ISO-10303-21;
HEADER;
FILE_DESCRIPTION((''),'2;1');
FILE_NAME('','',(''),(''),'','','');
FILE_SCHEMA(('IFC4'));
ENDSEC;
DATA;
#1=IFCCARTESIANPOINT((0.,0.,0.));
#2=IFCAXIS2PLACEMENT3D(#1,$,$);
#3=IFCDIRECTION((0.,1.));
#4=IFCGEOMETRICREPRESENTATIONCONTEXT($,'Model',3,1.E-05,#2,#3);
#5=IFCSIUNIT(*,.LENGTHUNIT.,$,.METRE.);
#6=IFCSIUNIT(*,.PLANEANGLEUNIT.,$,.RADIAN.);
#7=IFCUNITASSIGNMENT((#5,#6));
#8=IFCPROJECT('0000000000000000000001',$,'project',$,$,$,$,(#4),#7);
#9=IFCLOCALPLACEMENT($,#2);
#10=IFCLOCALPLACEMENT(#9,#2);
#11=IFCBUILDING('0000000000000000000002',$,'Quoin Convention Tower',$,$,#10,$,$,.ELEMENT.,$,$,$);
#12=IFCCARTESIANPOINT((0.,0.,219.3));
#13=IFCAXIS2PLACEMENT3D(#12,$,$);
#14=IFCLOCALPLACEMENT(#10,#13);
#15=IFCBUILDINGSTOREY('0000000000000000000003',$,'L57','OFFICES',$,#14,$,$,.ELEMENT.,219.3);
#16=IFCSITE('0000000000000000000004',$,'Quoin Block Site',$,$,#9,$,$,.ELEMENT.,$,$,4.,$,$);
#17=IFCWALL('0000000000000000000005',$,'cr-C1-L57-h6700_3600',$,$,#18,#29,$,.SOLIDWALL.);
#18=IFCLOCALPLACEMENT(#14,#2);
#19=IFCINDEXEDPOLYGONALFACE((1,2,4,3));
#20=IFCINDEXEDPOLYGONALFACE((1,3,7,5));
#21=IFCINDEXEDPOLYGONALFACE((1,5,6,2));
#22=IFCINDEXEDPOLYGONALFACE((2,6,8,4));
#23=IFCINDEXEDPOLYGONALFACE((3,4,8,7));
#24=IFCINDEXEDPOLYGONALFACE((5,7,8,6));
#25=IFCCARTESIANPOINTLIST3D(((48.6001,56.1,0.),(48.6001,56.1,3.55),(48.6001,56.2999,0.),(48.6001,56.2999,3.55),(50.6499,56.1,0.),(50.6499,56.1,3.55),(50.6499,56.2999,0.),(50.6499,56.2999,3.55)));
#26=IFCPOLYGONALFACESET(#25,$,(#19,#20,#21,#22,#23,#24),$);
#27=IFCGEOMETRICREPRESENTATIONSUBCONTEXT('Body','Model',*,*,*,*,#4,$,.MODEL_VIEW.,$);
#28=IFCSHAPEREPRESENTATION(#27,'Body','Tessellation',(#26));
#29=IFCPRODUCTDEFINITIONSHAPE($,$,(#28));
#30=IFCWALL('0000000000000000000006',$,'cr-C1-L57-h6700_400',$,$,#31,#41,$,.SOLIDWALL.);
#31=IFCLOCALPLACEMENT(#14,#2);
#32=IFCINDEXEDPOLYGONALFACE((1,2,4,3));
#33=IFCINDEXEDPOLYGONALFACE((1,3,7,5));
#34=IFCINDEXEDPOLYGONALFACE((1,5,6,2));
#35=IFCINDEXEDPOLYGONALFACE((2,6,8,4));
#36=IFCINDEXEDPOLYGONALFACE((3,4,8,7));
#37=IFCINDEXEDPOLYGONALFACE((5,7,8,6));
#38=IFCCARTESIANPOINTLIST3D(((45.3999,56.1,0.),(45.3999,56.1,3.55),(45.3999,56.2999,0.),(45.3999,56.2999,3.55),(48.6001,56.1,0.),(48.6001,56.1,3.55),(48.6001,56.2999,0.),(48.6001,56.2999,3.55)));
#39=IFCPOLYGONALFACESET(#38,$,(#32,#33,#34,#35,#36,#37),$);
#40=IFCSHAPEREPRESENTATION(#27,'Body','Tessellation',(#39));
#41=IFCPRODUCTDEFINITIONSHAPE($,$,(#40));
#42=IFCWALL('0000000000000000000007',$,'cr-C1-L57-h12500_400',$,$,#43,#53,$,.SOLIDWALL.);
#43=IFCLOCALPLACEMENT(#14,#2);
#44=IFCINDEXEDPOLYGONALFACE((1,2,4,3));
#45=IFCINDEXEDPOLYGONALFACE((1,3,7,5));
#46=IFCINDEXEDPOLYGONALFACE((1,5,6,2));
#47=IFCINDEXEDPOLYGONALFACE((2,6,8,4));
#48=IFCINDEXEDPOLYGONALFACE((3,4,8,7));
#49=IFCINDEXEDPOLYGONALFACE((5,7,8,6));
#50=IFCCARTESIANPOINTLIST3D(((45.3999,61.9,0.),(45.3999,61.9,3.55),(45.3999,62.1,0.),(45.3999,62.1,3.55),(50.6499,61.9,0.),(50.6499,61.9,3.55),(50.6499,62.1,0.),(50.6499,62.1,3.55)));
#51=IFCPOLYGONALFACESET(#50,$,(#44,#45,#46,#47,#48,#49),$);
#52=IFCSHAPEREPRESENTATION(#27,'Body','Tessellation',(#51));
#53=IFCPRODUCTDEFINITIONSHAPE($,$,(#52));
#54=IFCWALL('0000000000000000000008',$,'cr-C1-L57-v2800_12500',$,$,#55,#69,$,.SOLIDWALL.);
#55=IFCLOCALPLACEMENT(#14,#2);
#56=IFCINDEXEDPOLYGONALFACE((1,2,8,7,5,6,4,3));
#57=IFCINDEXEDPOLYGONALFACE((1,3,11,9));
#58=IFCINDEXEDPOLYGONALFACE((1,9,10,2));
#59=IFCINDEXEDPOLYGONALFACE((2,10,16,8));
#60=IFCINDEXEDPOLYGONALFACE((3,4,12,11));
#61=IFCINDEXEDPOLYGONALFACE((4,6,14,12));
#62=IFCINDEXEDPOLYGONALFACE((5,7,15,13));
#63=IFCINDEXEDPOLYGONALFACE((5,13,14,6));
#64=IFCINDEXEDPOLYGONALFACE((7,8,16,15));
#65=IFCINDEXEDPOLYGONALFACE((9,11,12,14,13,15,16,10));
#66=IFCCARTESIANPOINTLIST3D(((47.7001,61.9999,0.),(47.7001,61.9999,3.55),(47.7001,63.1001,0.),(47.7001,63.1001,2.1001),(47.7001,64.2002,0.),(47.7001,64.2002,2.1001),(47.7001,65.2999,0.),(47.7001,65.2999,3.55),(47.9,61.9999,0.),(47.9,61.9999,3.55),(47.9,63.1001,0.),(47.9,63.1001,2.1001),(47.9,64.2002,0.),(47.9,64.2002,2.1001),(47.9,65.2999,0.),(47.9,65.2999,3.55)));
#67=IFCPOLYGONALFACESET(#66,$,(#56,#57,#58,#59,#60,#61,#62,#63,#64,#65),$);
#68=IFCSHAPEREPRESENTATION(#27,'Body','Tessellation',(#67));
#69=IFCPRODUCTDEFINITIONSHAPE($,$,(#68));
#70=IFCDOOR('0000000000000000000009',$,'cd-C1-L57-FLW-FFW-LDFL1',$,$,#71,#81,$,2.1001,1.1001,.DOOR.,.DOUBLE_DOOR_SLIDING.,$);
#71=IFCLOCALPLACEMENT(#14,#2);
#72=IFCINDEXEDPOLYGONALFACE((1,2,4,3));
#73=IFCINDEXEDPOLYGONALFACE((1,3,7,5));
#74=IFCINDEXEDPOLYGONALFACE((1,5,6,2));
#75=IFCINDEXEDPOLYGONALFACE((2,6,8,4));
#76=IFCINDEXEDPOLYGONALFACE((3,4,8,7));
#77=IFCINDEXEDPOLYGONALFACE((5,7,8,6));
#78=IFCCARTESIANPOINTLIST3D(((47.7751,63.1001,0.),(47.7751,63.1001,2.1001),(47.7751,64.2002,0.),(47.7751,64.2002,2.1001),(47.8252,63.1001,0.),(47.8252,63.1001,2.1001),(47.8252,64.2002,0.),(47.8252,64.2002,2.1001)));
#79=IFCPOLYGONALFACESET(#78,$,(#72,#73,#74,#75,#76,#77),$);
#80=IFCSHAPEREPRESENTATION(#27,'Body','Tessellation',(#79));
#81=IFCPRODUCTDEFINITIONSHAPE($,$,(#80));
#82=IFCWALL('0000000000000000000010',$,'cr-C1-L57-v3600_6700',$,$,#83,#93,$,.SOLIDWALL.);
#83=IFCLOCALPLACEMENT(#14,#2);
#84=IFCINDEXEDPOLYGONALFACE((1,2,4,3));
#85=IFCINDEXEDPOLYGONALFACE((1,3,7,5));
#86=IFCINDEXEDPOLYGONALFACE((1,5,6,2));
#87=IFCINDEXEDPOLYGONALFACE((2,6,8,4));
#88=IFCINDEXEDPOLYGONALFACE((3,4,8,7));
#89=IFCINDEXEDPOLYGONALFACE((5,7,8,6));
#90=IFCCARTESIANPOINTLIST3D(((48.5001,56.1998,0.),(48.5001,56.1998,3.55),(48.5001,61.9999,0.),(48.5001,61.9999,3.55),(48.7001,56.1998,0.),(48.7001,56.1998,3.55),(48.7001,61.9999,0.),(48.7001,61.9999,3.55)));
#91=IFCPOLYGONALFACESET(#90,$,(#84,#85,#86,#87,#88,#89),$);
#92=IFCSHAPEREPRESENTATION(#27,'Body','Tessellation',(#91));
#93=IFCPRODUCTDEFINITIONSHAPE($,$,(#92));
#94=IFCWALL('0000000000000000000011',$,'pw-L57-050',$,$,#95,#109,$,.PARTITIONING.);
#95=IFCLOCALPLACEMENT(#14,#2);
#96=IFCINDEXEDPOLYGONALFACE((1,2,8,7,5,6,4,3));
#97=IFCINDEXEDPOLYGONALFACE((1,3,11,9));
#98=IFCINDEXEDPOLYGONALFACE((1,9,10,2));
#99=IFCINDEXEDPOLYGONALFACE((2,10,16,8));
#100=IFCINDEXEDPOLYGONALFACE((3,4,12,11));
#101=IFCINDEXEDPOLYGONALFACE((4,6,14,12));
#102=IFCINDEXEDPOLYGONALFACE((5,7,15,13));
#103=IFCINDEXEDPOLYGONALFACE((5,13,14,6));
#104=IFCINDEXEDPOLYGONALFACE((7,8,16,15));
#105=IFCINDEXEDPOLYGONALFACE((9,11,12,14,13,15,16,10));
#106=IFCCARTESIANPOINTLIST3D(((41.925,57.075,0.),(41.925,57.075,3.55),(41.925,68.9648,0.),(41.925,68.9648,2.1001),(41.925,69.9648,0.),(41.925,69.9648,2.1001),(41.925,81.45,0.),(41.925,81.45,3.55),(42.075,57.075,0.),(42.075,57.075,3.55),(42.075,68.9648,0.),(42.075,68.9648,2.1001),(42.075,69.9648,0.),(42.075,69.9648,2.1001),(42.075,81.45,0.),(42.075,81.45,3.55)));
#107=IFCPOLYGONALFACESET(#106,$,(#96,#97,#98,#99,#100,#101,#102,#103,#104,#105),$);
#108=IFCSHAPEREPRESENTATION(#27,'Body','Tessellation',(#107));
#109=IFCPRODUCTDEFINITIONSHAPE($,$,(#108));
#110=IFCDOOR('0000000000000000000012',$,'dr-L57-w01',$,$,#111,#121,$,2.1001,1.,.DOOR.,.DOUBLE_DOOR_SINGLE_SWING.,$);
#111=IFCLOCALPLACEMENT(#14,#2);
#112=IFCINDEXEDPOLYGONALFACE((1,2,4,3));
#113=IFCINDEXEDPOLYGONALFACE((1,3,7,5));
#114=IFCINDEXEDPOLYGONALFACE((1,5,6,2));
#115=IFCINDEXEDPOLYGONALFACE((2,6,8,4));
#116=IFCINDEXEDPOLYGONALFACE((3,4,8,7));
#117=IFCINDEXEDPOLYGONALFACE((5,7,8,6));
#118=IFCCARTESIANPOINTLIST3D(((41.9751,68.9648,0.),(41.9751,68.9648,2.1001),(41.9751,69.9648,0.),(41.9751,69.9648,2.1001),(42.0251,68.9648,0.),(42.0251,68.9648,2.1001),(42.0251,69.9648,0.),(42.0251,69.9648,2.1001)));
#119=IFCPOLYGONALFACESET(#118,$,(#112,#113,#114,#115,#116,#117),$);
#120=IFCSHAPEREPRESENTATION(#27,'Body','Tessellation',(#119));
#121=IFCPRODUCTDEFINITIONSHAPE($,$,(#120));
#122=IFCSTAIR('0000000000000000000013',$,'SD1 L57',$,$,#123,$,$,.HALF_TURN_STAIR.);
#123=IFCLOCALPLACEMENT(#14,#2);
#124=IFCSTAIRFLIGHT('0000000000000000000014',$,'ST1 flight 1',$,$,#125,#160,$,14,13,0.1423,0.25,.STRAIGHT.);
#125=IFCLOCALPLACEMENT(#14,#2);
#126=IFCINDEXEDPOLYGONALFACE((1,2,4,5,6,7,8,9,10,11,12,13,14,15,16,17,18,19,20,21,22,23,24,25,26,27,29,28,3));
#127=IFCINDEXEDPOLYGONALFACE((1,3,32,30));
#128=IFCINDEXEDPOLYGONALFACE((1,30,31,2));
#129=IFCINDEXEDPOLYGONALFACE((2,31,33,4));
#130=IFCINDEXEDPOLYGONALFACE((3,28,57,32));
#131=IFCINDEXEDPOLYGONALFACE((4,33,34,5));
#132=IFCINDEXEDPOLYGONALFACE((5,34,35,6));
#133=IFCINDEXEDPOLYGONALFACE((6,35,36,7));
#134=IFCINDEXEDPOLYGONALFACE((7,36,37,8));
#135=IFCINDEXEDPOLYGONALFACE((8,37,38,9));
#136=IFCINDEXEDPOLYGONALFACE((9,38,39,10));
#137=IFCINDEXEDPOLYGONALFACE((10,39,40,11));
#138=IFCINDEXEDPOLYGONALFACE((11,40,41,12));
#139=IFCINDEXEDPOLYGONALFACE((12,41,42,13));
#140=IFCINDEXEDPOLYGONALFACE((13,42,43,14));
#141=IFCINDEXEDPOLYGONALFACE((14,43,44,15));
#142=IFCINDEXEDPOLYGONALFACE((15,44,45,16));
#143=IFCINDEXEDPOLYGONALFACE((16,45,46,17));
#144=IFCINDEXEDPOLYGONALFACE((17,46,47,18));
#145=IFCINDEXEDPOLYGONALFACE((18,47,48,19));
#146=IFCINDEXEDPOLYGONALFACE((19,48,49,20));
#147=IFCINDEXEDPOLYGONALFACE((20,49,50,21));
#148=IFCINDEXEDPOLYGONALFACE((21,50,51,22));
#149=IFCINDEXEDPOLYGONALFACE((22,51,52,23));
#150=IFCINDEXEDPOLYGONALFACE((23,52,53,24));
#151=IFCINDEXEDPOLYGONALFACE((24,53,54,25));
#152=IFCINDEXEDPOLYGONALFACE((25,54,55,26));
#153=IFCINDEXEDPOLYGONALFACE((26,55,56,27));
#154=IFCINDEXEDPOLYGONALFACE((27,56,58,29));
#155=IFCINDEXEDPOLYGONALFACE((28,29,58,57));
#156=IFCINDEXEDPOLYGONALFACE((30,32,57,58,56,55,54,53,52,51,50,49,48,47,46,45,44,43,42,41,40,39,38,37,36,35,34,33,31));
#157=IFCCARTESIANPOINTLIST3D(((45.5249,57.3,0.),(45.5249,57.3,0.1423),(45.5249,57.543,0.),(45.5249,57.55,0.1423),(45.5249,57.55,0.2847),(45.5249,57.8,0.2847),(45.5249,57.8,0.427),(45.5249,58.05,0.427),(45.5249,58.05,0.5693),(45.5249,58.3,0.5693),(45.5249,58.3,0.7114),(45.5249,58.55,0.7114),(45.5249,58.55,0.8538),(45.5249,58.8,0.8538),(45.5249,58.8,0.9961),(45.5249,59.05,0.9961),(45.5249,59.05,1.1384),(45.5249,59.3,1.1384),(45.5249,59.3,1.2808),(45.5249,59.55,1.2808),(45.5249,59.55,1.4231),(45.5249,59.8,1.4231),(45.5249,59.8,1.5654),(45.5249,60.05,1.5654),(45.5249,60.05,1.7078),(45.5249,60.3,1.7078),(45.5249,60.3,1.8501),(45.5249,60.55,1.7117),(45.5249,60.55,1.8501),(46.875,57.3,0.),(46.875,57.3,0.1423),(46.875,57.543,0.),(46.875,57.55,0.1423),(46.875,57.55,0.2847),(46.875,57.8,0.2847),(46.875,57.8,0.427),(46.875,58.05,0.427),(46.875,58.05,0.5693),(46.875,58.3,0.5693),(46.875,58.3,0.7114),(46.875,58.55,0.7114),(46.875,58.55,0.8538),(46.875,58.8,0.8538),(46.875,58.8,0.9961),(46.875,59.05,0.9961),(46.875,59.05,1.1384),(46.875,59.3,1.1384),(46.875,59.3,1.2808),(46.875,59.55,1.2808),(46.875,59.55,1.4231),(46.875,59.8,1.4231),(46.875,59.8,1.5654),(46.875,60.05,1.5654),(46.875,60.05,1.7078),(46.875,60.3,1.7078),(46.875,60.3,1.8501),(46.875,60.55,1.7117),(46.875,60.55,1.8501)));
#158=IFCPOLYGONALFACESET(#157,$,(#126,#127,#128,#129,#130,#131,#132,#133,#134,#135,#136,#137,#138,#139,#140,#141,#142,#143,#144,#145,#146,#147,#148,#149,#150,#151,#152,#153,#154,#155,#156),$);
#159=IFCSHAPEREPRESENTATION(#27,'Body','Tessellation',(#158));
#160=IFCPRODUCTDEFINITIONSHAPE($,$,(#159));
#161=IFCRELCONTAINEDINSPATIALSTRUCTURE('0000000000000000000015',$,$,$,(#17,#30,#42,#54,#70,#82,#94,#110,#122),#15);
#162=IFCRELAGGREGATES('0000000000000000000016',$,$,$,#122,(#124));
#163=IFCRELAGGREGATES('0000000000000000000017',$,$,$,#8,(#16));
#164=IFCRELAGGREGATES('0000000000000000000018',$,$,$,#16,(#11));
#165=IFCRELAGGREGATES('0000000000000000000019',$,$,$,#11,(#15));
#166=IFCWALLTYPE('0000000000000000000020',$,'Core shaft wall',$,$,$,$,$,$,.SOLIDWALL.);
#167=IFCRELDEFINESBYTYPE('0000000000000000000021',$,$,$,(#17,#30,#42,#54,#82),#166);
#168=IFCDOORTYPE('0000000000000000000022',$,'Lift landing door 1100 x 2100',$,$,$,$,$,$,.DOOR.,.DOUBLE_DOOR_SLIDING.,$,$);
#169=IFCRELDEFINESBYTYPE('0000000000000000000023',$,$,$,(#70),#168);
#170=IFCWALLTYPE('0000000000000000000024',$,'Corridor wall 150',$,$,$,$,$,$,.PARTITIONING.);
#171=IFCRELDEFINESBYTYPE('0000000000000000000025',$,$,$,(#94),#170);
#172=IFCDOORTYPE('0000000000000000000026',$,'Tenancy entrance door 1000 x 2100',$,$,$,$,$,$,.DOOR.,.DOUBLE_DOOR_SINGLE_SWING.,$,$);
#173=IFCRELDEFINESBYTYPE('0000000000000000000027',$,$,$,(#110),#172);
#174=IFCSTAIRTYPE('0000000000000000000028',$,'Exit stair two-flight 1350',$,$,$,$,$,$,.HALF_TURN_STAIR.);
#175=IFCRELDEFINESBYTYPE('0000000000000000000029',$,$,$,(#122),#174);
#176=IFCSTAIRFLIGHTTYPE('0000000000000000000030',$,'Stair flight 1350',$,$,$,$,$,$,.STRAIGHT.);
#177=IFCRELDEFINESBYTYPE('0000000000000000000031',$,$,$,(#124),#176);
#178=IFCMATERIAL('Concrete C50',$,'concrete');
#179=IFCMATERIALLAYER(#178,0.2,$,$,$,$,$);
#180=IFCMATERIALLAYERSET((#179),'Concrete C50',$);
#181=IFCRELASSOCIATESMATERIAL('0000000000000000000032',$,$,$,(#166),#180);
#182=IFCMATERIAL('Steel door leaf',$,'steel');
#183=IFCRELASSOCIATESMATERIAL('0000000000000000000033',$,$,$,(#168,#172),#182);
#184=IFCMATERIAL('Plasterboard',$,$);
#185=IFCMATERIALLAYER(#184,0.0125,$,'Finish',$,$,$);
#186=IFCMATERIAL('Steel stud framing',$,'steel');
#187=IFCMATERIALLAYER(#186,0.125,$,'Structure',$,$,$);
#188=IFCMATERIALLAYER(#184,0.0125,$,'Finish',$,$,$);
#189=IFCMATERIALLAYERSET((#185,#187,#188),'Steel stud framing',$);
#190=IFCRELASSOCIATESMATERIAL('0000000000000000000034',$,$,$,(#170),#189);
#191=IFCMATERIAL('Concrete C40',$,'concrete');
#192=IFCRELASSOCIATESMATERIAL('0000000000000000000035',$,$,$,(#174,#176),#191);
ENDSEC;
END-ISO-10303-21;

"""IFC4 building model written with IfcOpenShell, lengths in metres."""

from ifc_helpers import new_model, si_unit, direction, frame, frame_2d, origin, place, context, subcontext, project, spatial, polyline, rectangle, outline, extrude, material, layer, layer_set, type_object, element, fill, aggregate, save


model = new_model("IFC4")

# Units and contexts
model_context = context("Model", 3, precision=1e-05, world=origin(), true_north=direction((0.0, 1.0)))
body_context = subcontext(model_context, "Body", "Model", "MODEL_VIEW")
ifc_project = project(units=[si_unit("LENGTHUNIT", "METRE"), si_unit("PLANEANGLEUNIT", "RADIAN")], contexts=[model_context])

# Site, building, storey
site_placement = place(None, origin())
site = spatial("IfcSite", under=ifc_project, at=site_placement, Name="Quoin Block Site", CompositionType="ELEMENT", RefElevation=4.0)
building_placement = place(site_placement, origin())
building = spatial("IfcBuilding", under=site, at=building_placement, Name="Quoin Convention Tower", CompositionType="ELEMENT")
storey_placement = place(building_placement, frame((0.0, 0.0, 219.3)))
storey = spatial("IfcBuildingStorey", under=building, at=storey_placement, Name="L57", Description="OFFICES", CompositionType="ELEMENT", Elevation=219.3)

# Walls
ifc_material_1 = material(Name="Concrete C50", Category="concrete")
ifc_layer_1 = layer(ifc_material_1, 0.2)
ifc_layer_set_1 = layer_set([ifc_layer_1], Name="Concrete C50")
wall_type_1 = type_object("IfcWallType", Name="Core shaft wall", PredefinedType="SOLIDWALL", material=ifc_layer_set_1)
wall_1_placement = place(storey_placement, frame((48.6001, 56.2, 0.0), z_axis=(0.0, 0.0, 1.0), x_axis=(1.0, 0.0, 0.0)))
element("IfcWall", 1, at=wall_1_placement, inside=storey, type_object=wall_type_1, Name="cr-C1-L57-h6700_3600", PredefinedType="SOLIDWALL", context=body_context, shape_type="SweptSolid", body=[
    extrude(rectangle(XDim=2.0498, YDim=0.2, at=frame_2d((1.0249, 0.0))), origin(), (0.0, 0.0, 1.0), 3.55),
])
wall_2_placement = place(storey_placement, frame((45.3999, 56.2, 0.0), z_axis=(0.0, 0.0, 1.0), x_axis=(1.0, 0.0, 0.0)))
element("IfcWall", 2, at=wall_2_placement, inside=storey, type_object=wall_type_1, Name="cr-C1-L57-h6700_400", PredefinedType="SOLIDWALL", context=body_context, shape_type="SweptSolid", body=[
    extrude(rectangle(XDim=3.2002, YDim=0.2, at=frame_2d((1.6001, 0.0))), origin(), (0.0, 0.0, 1.0), 3.55),
])
wall_3_placement = place(storey_placement, frame((45.3999, 62.0, 0.0), z_axis=(0.0, 0.0, 1.0), x_axis=(1.0, 0.0, 0.0)))
element("IfcWall", 3, at=wall_3_placement, inside=storey, type_object=wall_type_1, Name="cr-C1-L57-h12500_400", PredefinedType="SOLIDWALL", context=body_context, shape_type="SweptSolid", body=[
    extrude(rectangle(XDim=5.25, YDim=0.2, at=frame_2d((2.625, 0.0))), origin(), (0.0, 0.0, 1.0), 3.55),
])

# Wall, opening, door
wall_4_placement = place(storey_placement, frame((47.8, 62.0, 0.0), z_axis=(0.0, 0.0, 1.0), x_axis=(0.0, 1.0, 0.0)))
wall_4 = element("IfcWall", 4, at=wall_4_placement, inside=storey, type_object=wall_type_1, Name="cr-C1-L57-v2800_12500", PredefinedType="SOLIDWALL", context=body_context, shape_type="SweptSolid", body=[
    extrude(rectangle(XDim=3.3, YDim=0.2, at=frame_2d((1.6499, 0.0))), origin(), (0.0, 0.0, 1.0), 3.55),
])
opening_1_placement = place(wall_4_placement, frame((1.1001, 0.0, 0.0)))
opening_1 = element("IfcOpeningElement", 5, at=opening_1_placement, cuts=wall_4, PredefinedType="OPENING", context=body_context, shape_type="SweptSolid", body=[
    extrude(rectangle(XDim=1.1001, YDim=2.1001, at=frame_2d((0.55, 1.05))), frame((0.0, 0.1099, 0.0), z_axis=(0.0, -1.0, 0.0), x_axis=(1.0, 0.0, 0.0)), (0.0, 0.0, 1.0), 0.22),
])
ifc_material_2 = material(Name="Steel door leaf", Category="steel")
door_type_1 = type_object("IfcDoorType", Name="Lift landing door 1100 x 2100", OperationType="DOUBLE_DOOR_SLIDING", PredefinedType="DOOR", material=ifc_material_2)
door_1_placement = place(opening_1_placement, origin())
door_1 = element("IfcDoor", 6, at=door_1_placement, inside=storey, type_object=door_type_1, Name="cd-C1-L57-FLW-FFW-LDFL1", OperationType="DOUBLE_DOOR_SLIDING", OverallHeight=2.1001, OverallWidth=1.1001, PredefinedType="DOOR", context=body_context, shape_type="SweptSolid", body=[
    extrude(rectangle(XDim=1.1001, YDim=2.1001, at=frame_2d((0.55, 1.05))), frame((0.0, 0.0249, 0.0), z_axis=(0.0, -1.0, 0.0), x_axis=(1.0, 0.0, 0.0)), (0.0, 0.0, 1.0), 0.05),
])
fill(opening_1, door_1)

# Wall
wall_5_placement = place(storey_placement, frame((48.6001, 56.2, 0.0), z_axis=(0.0, 0.0, 1.0), x_axis=(0.0, 1.0, 0.0)))
element("IfcWall", 7, at=wall_5_placement, inside=storey, type_object=wall_type_1, Name="cr-C1-L57-v3600_6700", PredefinedType="SOLIDWALL", context=body_context, shape_type="SweptSolid", body=[
    extrude(rectangle(XDim=5.8, YDim=0.2, at=frame_2d((2.8999, 0.0))), origin(), (0.0, 0.0, 1.0), 3.55),
])

# Wall, opening, door
ifc_material_3 = material(Name="Plasterboard")
ifc_layer_2 = layer(ifc_material_3, 0.0125, Name="Finish")
ifc_material_4 = material(Name="Steel stud framing", Category="steel")
ifc_layer_3 = layer(ifc_material_4, 0.125, Name="Structure")
ifc_layer_4 = layer(ifc_material_3, 0.0125, Name="Finish")
ifc_layer_set_2 = layer_set([ifc_layer_2, ifc_layer_3, ifc_layer_4], Name="Steel stud framing")
wall_type_2 = type_object("IfcWallType", Name="Corridor wall 150", PredefinedType="PARTITIONING", material=ifc_layer_set_2)
wall_6_placement = place(storey_placement, frame((42.0, 57.075, 0.0), z_axis=(0.0, 0.0, 1.0), x_axis=(0.0, 1.0, 0.0)))
wall_6 = element("IfcWall", 8, at=wall_6_placement, inside=storey, type_object=wall_type_2, Name="pw-L57-050", PredefinedType="PARTITIONING", context=body_context, shape_type="SweptSolid", body=[
    extrude(rectangle(XDim=24.375, YDim=0.1499, at=frame_2d((12.1875, 0.0))), origin(), (0.0, 0.0, 1.0), 3.55),
])
opening_2_placement = place(wall_6_placement, frame((11.8899, 0.0, 0.0)))
opening_2 = element("IfcOpeningElement", 9, at=opening_2_placement, cuts=wall_6, PredefinedType="OPENING", context=body_context, shape_type="SweptSolid", body=[
    extrude(rectangle(XDim=1.0, YDim=2.1001, at=frame_2d((0.5, 1.05))), frame((0.0, 0.085, 0.0), z_axis=(0.0, -1.0, 0.0), x_axis=(1.0, 0.0, 0.0)), (0.0, 0.0, 1.0), 0.1699),
])
door_type_2 = type_object("IfcDoorType", Name="Tenancy entrance door 1000 x 2100", OperationType="DOUBLE_DOOR_SINGLE_SWING", PredefinedType="DOOR", material=ifc_material_2)
door_2_placement = place(opening_2_placement, origin())
door_2 = element("IfcDoor", 10, at=door_2_placement, inside=storey, type_object=door_type_2, Name="dr-L57-w01", OperationType="DOUBLE_DOOR_SINGLE_SWING", OverallHeight=2.1001, OverallWidth=1.0, PredefinedType="DOOR", context=body_context, shape_type="SweptSolid", body=[
    extrude(rectangle(XDim=1.0, YDim=2.1001, at=frame_2d((0.5, 1.05))), frame((0.0, 0.0249, 0.0), z_axis=(0.0, -1.0, 0.0), x_axis=(1.0, 0.0, 0.0)), (0.0, 0.0, 1.0), 0.05),
])
fill(opening_2, door_2)

# Stair, stair flight
ifc_material_5 = material(Name="Concrete C40", Category="concrete")
stair_type = type_object("IfcStairType", Name="Exit stair two-flight 1350", PredefinedType="HALF_TURN_STAIR", material=ifc_material_5)
stair_placement = place(storey_placement, origin())
stair = element("IfcStair", 11, at=stair_placement, inside=storey, type_object=stair_type, Name="SD1 L57", PredefinedType="HALF_TURN_STAIR")
stair_flight_type = type_object("IfcStairFlightType", Name="Stair flight 1350", PredefinedType="STRAIGHT", material=ifc_material_5)
stair_flight_1_placement = place(storey_placement, frame((46.2, 57.3, 0.0), z_axis=(0.0, 0.0, 1.0), x_axis=(0.0, 1.0, 0.0)))
stair_flight_1 = element("IfcStairFlight", 12, at=stair_flight_1_placement, type_object=stair_flight_type, Name="ST1 flight 1", NumberOfRisers=14, NumberOfTreads=13, PredefinedType="STRAIGHT", RiserHeight=0.1423, TreadLength=0.25, context=body_context, shape_type="SweptSolid", body=[
    extrude(outline(polyline([(0.0, 0.0), (0.0, 0.1423), (0.25, 0.1423), (0.25, 0.2847), (0.5, 0.2847), (0.5, 0.427), (0.75, 0.427), (0.75, 0.5693), (1.0, 0.5693), (1.0, 0.7114), (1.25, 0.7114), (1.25, 0.8538), (1.5, 0.8538), (1.5, 0.9961), (1.75, 0.9961), (1.75, 1.1384), (2.0, 1.1384), (2.0, 1.2808), (2.25, 1.2808), (2.25, 1.4231), (2.5, 1.4231), (2.5, 1.5654), (2.75, 1.5654), (2.75, 1.7078), (3.0, 1.7078), (3.0, 1.8501), (3.25, 1.8501), (3.25, 1.9922), (3.25, 1.7117), (0.2429, 0.0), (0.0, 0.0)])), frame((0.0, 0.675, 0.0), z_axis=(0.0, -1.0, 0.0), x_axis=(1.0, 0.0, 0.0)), (0.0, 0.0, 1.0), 1.3501),
])
aggregate(stair, [stair_flight_1])

save(model, "model.ifc")
